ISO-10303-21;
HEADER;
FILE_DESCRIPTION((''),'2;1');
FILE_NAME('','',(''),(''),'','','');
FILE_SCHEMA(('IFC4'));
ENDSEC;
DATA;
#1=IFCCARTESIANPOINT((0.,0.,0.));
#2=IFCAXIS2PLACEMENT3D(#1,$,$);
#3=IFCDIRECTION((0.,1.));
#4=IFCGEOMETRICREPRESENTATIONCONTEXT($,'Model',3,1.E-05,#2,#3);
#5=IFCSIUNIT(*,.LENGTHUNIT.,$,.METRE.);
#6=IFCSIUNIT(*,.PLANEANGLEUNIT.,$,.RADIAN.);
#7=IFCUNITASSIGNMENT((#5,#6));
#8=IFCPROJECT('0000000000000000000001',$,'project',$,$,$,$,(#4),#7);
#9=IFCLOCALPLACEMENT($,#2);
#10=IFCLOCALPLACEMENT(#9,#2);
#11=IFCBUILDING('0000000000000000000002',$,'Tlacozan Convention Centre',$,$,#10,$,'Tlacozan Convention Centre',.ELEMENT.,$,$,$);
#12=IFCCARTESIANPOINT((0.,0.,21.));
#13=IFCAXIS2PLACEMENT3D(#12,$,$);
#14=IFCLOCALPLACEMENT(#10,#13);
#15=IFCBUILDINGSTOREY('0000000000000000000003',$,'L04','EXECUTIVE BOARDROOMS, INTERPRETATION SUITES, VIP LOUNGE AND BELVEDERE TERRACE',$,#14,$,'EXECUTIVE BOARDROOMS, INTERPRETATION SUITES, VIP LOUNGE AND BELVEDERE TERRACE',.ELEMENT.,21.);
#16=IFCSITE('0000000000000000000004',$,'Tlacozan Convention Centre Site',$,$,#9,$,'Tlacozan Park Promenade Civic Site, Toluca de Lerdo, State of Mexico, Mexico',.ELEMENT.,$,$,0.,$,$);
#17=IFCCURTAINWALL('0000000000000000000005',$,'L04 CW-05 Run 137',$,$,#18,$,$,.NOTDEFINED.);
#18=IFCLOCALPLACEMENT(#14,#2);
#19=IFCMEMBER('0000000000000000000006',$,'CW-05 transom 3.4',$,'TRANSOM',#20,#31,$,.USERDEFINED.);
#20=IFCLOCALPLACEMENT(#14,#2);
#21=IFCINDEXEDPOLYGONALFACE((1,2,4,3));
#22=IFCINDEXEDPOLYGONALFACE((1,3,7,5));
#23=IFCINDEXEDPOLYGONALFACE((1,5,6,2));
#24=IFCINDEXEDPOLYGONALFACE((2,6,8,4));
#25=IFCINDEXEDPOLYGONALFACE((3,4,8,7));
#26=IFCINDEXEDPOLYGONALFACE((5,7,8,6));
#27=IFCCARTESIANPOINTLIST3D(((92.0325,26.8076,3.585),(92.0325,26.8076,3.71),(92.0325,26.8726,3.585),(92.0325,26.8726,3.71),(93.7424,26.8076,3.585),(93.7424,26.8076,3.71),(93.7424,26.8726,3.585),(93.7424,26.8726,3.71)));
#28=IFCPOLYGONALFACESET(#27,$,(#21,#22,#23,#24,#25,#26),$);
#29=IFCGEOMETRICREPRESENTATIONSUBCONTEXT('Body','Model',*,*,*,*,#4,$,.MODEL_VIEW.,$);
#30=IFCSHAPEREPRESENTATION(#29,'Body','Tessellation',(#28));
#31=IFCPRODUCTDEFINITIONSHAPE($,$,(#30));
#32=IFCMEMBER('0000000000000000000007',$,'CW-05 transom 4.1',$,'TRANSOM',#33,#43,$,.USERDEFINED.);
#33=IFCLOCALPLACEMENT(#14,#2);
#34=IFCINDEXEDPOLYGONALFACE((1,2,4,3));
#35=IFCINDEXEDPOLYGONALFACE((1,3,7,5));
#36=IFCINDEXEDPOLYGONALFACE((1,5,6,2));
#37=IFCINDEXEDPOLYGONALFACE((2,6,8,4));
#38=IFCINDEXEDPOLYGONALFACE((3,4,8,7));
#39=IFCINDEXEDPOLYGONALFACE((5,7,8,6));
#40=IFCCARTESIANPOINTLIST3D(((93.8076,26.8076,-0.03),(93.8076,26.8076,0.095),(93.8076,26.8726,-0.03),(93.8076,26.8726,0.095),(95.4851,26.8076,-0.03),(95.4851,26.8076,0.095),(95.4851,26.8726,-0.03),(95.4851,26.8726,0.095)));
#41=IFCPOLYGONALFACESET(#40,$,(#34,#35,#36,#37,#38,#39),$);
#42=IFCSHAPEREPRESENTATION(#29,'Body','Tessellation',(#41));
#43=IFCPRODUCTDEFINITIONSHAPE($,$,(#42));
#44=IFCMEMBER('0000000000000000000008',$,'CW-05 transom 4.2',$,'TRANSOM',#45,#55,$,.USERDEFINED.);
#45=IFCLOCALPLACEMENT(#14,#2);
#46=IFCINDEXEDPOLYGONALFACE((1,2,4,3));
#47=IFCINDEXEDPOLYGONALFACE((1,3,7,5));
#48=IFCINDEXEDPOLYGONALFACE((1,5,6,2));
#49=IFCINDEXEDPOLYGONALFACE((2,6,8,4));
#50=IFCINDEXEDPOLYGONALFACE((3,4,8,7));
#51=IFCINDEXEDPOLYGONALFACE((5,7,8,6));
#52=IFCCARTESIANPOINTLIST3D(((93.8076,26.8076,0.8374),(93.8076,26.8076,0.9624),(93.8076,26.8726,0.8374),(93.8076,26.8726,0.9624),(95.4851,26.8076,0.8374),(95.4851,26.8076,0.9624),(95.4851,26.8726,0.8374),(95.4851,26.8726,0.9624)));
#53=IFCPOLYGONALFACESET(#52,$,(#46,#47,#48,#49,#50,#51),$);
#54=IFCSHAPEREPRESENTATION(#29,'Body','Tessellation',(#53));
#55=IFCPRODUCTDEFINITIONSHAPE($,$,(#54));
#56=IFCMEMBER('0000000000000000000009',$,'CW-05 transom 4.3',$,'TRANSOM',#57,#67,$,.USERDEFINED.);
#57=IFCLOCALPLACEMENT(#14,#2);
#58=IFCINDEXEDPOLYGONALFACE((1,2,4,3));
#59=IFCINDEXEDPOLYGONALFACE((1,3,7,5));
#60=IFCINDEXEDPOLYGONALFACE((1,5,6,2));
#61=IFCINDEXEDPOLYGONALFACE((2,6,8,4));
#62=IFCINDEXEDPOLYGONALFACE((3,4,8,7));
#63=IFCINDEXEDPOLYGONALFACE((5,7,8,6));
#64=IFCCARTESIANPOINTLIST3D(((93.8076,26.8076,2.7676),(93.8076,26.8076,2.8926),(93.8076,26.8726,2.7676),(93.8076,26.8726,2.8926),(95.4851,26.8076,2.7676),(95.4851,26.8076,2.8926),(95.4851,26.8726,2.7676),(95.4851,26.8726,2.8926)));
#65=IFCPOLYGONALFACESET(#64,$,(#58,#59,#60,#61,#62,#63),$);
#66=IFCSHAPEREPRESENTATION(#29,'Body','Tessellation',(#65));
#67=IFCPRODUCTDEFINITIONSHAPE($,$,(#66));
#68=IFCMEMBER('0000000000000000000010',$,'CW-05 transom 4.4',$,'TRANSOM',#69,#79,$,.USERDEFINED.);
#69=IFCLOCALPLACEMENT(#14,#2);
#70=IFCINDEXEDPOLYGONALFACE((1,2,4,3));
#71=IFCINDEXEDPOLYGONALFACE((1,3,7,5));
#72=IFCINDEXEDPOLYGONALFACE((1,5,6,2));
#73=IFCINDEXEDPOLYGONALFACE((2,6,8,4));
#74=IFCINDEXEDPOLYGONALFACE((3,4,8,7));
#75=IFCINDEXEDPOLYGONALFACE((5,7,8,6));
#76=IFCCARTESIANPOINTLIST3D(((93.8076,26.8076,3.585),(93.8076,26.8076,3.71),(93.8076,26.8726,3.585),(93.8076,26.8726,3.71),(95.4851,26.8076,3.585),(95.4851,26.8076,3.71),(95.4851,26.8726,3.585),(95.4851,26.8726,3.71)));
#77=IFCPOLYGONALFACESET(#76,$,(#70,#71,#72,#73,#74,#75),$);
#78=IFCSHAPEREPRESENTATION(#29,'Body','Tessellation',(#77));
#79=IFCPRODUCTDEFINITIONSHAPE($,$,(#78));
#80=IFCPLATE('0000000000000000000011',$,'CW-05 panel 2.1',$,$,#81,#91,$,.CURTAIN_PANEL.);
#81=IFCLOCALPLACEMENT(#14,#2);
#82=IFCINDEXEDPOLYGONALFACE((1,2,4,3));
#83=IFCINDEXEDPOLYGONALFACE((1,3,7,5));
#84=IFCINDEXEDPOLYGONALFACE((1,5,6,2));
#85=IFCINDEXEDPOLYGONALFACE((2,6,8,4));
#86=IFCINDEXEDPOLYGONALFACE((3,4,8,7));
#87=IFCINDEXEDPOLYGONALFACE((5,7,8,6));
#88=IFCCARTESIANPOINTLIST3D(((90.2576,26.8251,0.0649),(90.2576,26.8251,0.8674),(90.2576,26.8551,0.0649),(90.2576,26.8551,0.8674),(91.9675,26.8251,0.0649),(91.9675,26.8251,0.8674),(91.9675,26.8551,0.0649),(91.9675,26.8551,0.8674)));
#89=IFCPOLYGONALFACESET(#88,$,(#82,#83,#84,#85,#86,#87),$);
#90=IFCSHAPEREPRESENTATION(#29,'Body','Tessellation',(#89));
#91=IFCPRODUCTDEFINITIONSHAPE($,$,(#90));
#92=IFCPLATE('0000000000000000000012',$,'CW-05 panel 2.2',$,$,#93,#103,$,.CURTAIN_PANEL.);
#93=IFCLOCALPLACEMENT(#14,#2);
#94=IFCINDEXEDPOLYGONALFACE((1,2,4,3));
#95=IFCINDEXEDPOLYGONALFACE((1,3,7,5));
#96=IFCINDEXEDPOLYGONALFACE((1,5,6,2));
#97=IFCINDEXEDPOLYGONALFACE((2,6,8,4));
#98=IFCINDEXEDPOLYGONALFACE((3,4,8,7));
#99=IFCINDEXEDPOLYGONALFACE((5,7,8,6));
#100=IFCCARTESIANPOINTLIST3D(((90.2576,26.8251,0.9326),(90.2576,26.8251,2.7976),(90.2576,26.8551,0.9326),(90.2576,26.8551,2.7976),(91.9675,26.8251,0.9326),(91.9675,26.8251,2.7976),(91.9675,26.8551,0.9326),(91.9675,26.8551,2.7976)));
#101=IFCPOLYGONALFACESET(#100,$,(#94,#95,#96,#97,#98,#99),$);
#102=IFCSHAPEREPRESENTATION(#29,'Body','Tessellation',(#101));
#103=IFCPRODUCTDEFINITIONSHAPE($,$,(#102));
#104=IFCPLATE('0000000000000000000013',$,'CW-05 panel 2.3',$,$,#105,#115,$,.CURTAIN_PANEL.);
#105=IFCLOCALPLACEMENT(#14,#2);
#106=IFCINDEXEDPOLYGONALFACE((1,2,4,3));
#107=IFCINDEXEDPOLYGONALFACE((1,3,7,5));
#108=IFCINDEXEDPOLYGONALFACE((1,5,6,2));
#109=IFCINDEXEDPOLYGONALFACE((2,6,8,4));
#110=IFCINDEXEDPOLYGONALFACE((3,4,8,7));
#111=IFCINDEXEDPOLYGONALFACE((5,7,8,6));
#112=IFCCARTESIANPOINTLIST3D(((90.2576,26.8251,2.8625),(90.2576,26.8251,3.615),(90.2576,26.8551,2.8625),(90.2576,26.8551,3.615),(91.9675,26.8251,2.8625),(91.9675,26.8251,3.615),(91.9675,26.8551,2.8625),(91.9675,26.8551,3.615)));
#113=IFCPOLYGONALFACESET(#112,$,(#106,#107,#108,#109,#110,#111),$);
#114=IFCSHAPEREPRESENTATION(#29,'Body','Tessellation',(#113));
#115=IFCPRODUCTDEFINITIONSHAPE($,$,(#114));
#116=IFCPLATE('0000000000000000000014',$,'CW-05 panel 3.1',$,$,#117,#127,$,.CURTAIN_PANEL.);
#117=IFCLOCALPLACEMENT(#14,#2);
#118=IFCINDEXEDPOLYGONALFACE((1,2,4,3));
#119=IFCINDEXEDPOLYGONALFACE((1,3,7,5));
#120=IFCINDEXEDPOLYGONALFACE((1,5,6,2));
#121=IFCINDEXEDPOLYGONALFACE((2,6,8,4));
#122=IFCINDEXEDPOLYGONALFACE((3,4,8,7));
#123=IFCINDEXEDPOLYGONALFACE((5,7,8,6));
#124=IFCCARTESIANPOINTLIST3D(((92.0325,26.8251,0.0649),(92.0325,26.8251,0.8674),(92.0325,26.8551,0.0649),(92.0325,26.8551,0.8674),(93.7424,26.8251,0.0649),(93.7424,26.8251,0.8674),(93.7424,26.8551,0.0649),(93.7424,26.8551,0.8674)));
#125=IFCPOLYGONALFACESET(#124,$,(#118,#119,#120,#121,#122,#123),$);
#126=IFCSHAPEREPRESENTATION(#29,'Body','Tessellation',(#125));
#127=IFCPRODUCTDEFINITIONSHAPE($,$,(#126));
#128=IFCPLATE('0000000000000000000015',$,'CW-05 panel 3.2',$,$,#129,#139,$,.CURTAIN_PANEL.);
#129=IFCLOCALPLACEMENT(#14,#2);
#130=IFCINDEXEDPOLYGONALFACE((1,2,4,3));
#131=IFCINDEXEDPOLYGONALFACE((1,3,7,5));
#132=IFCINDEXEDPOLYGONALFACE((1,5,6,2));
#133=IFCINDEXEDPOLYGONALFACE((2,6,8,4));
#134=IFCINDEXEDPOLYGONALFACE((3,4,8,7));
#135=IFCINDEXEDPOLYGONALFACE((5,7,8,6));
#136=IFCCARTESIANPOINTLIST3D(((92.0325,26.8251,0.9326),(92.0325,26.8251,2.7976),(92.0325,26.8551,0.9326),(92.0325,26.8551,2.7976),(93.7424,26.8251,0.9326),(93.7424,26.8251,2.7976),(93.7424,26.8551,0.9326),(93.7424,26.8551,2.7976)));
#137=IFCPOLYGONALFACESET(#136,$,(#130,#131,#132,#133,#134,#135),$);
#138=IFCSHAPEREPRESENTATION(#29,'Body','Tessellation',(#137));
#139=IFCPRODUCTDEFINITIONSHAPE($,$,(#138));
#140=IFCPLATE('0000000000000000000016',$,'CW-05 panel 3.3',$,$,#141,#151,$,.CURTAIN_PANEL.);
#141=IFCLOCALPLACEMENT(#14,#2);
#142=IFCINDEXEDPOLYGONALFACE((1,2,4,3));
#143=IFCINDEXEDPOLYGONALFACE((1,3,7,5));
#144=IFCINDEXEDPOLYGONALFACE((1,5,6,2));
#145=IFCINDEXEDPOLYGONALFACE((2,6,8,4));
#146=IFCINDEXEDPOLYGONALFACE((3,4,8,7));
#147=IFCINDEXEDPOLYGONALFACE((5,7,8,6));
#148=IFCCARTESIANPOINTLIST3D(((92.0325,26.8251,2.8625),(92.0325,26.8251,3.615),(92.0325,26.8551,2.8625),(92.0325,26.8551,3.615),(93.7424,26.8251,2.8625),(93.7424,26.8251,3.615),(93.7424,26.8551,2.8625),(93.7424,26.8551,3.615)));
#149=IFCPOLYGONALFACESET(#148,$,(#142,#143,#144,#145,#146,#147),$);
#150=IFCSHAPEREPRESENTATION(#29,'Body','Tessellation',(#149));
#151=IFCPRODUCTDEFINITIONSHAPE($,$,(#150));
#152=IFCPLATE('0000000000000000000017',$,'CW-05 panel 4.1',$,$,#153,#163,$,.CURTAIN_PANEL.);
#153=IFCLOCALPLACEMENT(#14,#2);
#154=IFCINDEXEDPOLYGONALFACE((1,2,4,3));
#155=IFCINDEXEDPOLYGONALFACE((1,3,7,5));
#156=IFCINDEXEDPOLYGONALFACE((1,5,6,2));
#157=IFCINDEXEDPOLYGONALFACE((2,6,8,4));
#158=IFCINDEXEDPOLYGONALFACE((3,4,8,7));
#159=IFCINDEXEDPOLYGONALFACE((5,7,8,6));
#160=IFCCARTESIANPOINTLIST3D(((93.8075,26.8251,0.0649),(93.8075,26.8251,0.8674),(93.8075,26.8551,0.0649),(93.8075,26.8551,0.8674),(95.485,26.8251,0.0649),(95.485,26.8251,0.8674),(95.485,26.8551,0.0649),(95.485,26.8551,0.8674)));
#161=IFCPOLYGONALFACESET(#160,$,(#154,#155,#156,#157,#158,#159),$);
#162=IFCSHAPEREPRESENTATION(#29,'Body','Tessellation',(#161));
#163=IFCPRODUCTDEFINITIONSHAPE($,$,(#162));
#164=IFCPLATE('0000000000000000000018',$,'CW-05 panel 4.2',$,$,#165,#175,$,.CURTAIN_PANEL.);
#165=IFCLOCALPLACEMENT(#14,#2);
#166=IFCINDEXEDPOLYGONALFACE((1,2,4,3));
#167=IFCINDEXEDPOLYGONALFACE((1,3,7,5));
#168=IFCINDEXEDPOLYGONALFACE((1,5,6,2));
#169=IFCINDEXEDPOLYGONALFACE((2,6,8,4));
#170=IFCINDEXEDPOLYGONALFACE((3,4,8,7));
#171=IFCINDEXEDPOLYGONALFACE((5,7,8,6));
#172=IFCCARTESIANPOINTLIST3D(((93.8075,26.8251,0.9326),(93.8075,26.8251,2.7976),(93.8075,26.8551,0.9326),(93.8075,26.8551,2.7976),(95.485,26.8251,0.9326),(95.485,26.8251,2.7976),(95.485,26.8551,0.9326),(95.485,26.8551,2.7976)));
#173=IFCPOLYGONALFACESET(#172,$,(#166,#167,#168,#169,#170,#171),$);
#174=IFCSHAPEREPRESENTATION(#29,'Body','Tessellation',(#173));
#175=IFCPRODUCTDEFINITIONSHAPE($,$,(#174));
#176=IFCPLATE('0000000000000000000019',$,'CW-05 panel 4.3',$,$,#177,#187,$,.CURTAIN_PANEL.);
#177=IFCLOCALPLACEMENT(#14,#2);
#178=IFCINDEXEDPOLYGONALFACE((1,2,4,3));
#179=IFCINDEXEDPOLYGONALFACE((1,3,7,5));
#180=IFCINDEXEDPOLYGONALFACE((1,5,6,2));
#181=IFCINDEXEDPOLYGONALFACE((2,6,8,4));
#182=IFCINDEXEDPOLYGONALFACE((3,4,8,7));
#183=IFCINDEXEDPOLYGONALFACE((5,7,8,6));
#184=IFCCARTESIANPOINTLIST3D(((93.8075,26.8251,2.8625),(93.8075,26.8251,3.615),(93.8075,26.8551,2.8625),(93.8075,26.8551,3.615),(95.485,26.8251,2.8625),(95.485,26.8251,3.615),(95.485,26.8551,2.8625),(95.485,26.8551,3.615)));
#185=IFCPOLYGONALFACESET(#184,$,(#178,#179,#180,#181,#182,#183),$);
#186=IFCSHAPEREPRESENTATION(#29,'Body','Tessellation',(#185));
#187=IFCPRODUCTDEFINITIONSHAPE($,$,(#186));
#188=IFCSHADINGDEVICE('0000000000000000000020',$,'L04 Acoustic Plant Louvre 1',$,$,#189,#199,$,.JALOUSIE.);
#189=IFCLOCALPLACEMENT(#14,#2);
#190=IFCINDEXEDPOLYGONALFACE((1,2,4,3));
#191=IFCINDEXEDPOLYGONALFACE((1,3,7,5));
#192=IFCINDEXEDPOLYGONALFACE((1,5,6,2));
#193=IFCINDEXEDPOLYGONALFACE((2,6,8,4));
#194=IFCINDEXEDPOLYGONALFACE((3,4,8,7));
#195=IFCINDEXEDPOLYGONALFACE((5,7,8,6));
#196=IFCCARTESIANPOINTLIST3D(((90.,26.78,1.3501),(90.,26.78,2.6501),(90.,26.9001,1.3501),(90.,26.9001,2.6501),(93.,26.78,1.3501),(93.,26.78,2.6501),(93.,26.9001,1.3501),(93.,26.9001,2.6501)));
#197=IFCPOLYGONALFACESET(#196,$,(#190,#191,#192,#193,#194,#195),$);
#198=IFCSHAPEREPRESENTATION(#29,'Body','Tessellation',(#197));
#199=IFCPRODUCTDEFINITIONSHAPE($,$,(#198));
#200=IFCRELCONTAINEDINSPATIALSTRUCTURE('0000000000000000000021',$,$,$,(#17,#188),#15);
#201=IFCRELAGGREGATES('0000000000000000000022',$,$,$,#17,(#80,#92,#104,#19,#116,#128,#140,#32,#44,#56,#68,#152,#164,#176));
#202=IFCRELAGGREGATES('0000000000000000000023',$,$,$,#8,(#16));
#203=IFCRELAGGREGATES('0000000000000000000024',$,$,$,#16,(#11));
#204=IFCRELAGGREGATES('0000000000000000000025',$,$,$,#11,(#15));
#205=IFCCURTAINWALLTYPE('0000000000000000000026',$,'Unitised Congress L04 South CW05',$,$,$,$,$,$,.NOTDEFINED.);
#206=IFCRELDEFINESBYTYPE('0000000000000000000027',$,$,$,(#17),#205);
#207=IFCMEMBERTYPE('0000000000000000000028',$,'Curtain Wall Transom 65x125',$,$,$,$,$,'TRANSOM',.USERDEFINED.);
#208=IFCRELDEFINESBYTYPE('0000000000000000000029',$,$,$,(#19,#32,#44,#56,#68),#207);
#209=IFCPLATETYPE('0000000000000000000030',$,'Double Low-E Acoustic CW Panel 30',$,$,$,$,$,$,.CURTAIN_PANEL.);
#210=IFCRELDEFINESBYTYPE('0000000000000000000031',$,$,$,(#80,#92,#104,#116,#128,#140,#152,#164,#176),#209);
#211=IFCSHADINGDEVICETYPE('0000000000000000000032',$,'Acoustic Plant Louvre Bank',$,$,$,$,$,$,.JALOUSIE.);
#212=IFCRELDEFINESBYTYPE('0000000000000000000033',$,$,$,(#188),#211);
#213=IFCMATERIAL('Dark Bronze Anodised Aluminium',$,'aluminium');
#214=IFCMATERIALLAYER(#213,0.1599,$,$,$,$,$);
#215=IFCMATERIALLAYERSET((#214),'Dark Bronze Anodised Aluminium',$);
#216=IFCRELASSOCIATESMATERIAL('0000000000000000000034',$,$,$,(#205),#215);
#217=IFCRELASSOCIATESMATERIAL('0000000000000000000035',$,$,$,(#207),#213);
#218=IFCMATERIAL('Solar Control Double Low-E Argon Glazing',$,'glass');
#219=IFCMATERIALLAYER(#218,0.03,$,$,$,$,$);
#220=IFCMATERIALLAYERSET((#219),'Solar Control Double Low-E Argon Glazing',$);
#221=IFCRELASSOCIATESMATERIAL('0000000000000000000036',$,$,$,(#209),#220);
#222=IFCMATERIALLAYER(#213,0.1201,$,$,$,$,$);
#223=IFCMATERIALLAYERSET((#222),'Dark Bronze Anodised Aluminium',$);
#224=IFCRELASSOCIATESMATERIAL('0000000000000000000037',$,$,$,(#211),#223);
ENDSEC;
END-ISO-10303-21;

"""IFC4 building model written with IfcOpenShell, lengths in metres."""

from ifc_helpers import new_model, si_unit, direction, frame, origin, origin_2d, place, context, subcontext, project, spatial, rectangle, extrude, material, layer, layer_set, material_profile, profile_set, type_object, element, aggregate, save


model = new_model("IFC4")

# Units and contexts
model_context = context("Model", 3, precision=1e-05, world=origin(), true_north=direction((0.0, 1.0)))
body_context = subcontext(model_context, "Body", "Model", "MODEL_VIEW")
ifc_project = project(units=[si_unit("LENGTHUNIT", "METRE"), si_unit("PLANEANGLEUNIT", "RADIAN")], contexts=[model_context])

# Site, building, storey
site_placement = place(None, origin())
site = spatial("IfcSite", under=ifc_project, at=site_placement, Name="Tlacozan Convention Centre Site", LongName="Tlacozan Park Promenade Civic Site, Toluca de Lerdo, State of Mexico, Mexico", CompositionType="ELEMENT", RefElevation=0.0)
building_placement = place(site_placement, origin())
building = spatial("IfcBuilding", under=site, at=building_placement, Name="Tlacozan Convention Centre", LongName="Tlacozan Convention Centre", CompositionType="ELEMENT")
storey_placement = place(building_placement, frame((0.0, 0.0, 21.0)))
storey = spatial("IfcBuildingStorey", under=building, at=storey_placement, Name="L04", Description="EXECUTIVE BOARDROOMS, INTERPRETATION SUITES, VIP LOUNGE AND BELVEDERE TERRACE", LongName="EXECUTIVE BOARDROOMS, INTERPRETATION SUITES, VIP LOUNGE AND BELVEDERE TERRACE", CompositionType="ELEMENT", Elevation=21.0)

# Curtain wall, members, plates
ifc_material_1 = material(Name="Dark Bronze Anodised Aluminium", Category="aluminium")
ifc_layer_1 = layer(ifc_material_1, 0.1599)
ifc_layer_set_1 = layer_set([ifc_layer_1], Name="Dark Bronze Anodised Aluminium")
curtain_wall_type = type_object("IfcCurtainWallType", Name="Unitised Congress L04 South CW05", PredefinedType="NOTDEFINED", material=ifc_layer_set_1)
curtain_wall_placement = place(storey_placement, origin())
curtain_wall = element("IfcCurtainWall", 1, at=curtain_wall_placement, inside=storey, type_object=curtain_wall_type, Name="L04 CW-05 Run 137", PredefinedType="NOTDEFINED")
ifc_material_profile_1 = material_profile(ifc_material_1, rectangle(XDim=0.0649, YDim=0.125, at=origin_2d()), Name="ALU 65x125")
ifc_profile_set_1 = profile_set([ifc_material_profile_1], Name="Dark Bronze Anodised Aluminium")
member_type_1 = type_object("IfcMemberType", Name="Curtain Wall Transom 65x125", ElementType="TRANSOM", PredefinedType="USERDEFINED", material=ifc_profile_set_1)
member_1_placement = place(storey_placement, frame((92.0325, 26.8401, 3.6475), z_axis=(1.0, 0.0, 0.0), x_axis=(0.0, 1.0, 0.0)))
member_1 = element("IfcMember", 2, at=member_1_placement, type_object=member_type_1, Name="CW-05 transom 3.4", ObjectType="TRANSOM", PredefinedType="USERDEFINED", context=body_context, shape_type="SweptSolid", body=[
    extrude(rectangle(XDim=0.0649, YDim=0.125, at=origin_2d()), origin(), (0.0, 0.0, 1.0), 1.71),
])
member_2_placement = place(storey_placement, frame((93.8076, 26.8401, 0.0325), z_axis=(1.0, 0.0, 0.0), x_axis=(0.0, 1.0, 0.0)))
member_2 = element("IfcMember", 3, at=member_2_placement, type_object=member_type_1, Name="CW-05 transom 4.1", ObjectType="TRANSOM", PredefinedType="USERDEFINED", context=body_context, shape_type="SweptSolid", body=[
    extrude(rectangle(XDim=0.0649, YDim=0.125, at=origin_2d()), origin(), (0.0, 0.0, 1.0), 1.6775),
])
member_3_placement = place(storey_placement, frame((93.8076, 26.8401, 0.8999), z_axis=(1.0, 0.0, 0.0), x_axis=(0.0, 1.0, 0.0)))
member_3 = element("IfcMember", 4, at=member_3_placement, type_object=member_type_1, Name="CW-05 transom 4.2", ObjectType="TRANSOM", PredefinedType="USERDEFINED", context=body_context, shape_type="SweptSolid", body=[
    extrude(rectangle(XDim=0.0649, YDim=0.125, at=origin_2d()), origin(), (0.0, 0.0, 1.0), 1.6775),
])
member_4_placement = place(storey_placement, frame((93.8076, 26.8401, 2.8301), z_axis=(1.0, 0.0, 0.0), x_axis=(0.0, 1.0, 0.0)))
member_4 = element("IfcMember", 5, at=member_4_placement, type_object=member_type_1, Name="CW-05 transom 4.3", ObjectType="TRANSOM", PredefinedType="USERDEFINED", context=body_context, shape_type="SweptSolid", body=[
    extrude(rectangle(XDim=0.0649, YDim=0.125, at=origin_2d()), origin(), (0.0, 0.0, 1.0), 1.6775),
])
member_5_placement = place(storey_placement, frame((93.8076, 26.8401, 3.6475), z_axis=(1.0, 0.0, 0.0), x_axis=(0.0, 1.0, 0.0)))
member_5 = element("IfcMember", 6, at=member_5_placement, type_object=member_type_1, Name="CW-05 transom 4.4", ObjectType="TRANSOM", PredefinedType="USERDEFINED", context=body_context, shape_type="SweptSolid", body=[
    extrude(rectangle(XDim=0.0649, YDim=0.125, at=origin_2d()), origin(), (0.0, 0.0, 1.0), 1.6775),
])
ifc_material_2 = material(Name="Solar Control Double Low-E Argon Glazing", Category="glass")
ifc_layer_2 = layer(ifc_material_2, 0.03)
ifc_layer_set_2 = layer_set([ifc_layer_2], Name="Solar Control Double Low-E Argon Glazing")
plate_type = type_object("IfcPlateType", Name="Double Low-E Acoustic CW Panel 30", PredefinedType="CURTAIN_PANEL", material=ifc_layer_set_2)
plate_1_placement = place(storey_placement, frame((91.1125, 26.8401, 0.0649), z_axis=(0.0, 0.0, 1.0), x_axis=(1.0, 0.0, 0.0)))
plate_1 = element("IfcPlate", 7, at=plate_1_placement, type_object=plate_type, Name="CW-05 panel 2.1", PredefinedType="CURTAIN_PANEL", context=body_context, shape_type="SweptSolid", body=[
    extrude(rectangle(XDim=1.71, YDim=0.03, at=origin_2d()), origin(), (0.0, 0.0, 1.0), 0.8025),
])
plate_2_placement = place(storey_placement, frame((91.1125, 26.8401, 0.9326), z_axis=(0.0, 0.0, 1.0), x_axis=(1.0, 0.0, 0.0)))
plate_2 = element("IfcPlate", 8, at=plate_2_placement, type_object=plate_type, Name="CW-05 panel 2.2", PredefinedType="CURTAIN_PANEL", context=body_context, shape_type="SweptSolid", body=[
    extrude(rectangle(XDim=1.71, YDim=0.03, at=origin_2d()), origin(), (0.0, 0.0, 1.0), 1.865),
])
plate_3_placement = place(storey_placement, frame((91.1125, 26.8401, 2.8625), z_axis=(0.0, 0.0, 1.0), x_axis=(1.0, 0.0, 0.0)))
plate_3 = element("IfcPlate", 9, at=plate_3_placement, type_object=plate_type, Name="CW-05 panel 2.3", PredefinedType="CURTAIN_PANEL", context=body_context, shape_type="SweptSolid", body=[
    extrude(rectangle(XDim=1.71, YDim=0.03, at=origin_2d()), origin(), (0.0, 0.0, 1.0), 0.7524),
])
plate_4_placement = place(storey_placement, frame((92.8875, 26.8401, 0.0649), z_axis=(0.0, 0.0, 1.0), x_axis=(1.0, 0.0, 0.0)))
plate_4 = element("IfcPlate", 10, at=plate_4_placement, type_object=plate_type, Name="CW-05 panel 3.1", PredefinedType="CURTAIN_PANEL", context=body_context, shape_type="SweptSolid", body=[
    extrude(rectangle(XDim=1.71, YDim=0.03, at=origin_2d()), origin(), (0.0, 0.0, 1.0), 0.8025),
])
plate_5_placement = place(storey_placement, frame((92.8875, 26.8401, 0.9326), z_axis=(0.0, 0.0, 1.0), x_axis=(1.0, 0.0, 0.0)))
plate_5 = element("IfcPlate", 11, at=plate_5_placement, type_object=plate_type, Name="CW-05 panel 3.2", PredefinedType="CURTAIN_PANEL", context=body_context, shape_type="SweptSolid", body=[
    extrude(rectangle(XDim=1.71, YDim=0.03, at=origin_2d()), origin(), (0.0, 0.0, 1.0), 1.865),
])
plate_6_placement = place(storey_placement, frame((92.8875, 26.8401, 2.8625), z_axis=(0.0, 0.0, 1.0), x_axis=(1.0, 0.0, 0.0)))
plate_6 = element("IfcPlate", 12, at=plate_6_placement, type_object=plate_type, Name="CW-05 panel 3.3", PredefinedType="CURTAIN_PANEL", context=body_context, shape_type="SweptSolid", body=[
    extrude(rectangle(XDim=1.71, YDim=0.03, at=origin_2d()), origin(), (0.0, 0.0, 1.0), 0.7524),
])
plate_7_placement = place(storey_placement, frame((94.6462, 26.8401, 0.0649), z_axis=(0.0, 0.0, 1.0), x_axis=(1.0, 0.0, 0.0)))
plate_7 = element("IfcPlate", 13, at=plate_7_placement, type_object=plate_type, Name="CW-05 panel 4.1", PredefinedType="CURTAIN_PANEL", context=body_context, shape_type="SweptSolid", body=[
    extrude(rectangle(XDim=1.6775, YDim=0.03, at=origin_2d()), origin(), (0.0, 0.0, 1.0), 0.8025),
])
plate_8_placement = place(storey_placement, frame((94.6462, 26.8401, 0.9326), z_axis=(0.0, 0.0, 1.0), x_axis=(1.0, 0.0, 0.0)))
plate_8 = element("IfcPlate", 14, at=plate_8_placement, type_object=plate_type, Name="CW-05 panel 4.2", PredefinedType="CURTAIN_PANEL", context=body_context, shape_type="SweptSolid", body=[
    extrude(rectangle(XDim=1.6775, YDim=0.03, at=origin_2d()), origin(), (0.0, 0.0, 1.0), 1.865),
])
plate_9_placement = place(storey_placement, frame((94.6462, 26.8401, 2.8625), z_axis=(0.0, 0.0, 1.0), x_axis=(1.0, 0.0, 0.0)))
plate_9 = element("IfcPlate", 15, at=plate_9_placement, type_object=plate_type, Name="CW-05 panel 4.3", PredefinedType="CURTAIN_PANEL", context=body_context, shape_type="SweptSolid", body=[
    extrude(rectangle(XDim=1.6775, YDim=0.03, at=origin_2d()), origin(), (0.0, 0.0, 1.0), 0.7524),
])
aggregate(curtain_wall, [plate_1, plate_2, plate_3, member_1, plate_4, plate_5, plate_6, member_2, member_3, member_4, member_5, plate_7, plate_8, plate_9])

# Shading device
ifc_layer_3 = layer(ifc_material_1, 0.1201)
ifc_layer_set_3 = layer_set([ifc_layer_3], Name="Dark Bronze Anodised Aluminium")
shading_device_type = type_object("IfcShadingDeviceType", Name="Acoustic Plant Louvre Bank", PredefinedType="JALOUSIE", material=ifc_layer_set_3)
shading_device_placement = place(storey_placement, frame((91.5, 26.8401, 1.3501), z_axis=(0.0, 0.0, 1.0), x_axis=(1.0, 0.0, 0.0)))
element("IfcShadingDevice", 16, at=shading_device_placement, inside=storey, type_object=shading_device_type, Name="L04 Acoustic Plant Louvre 1", PredefinedType="JALOUSIE", context=body_context, shape_type="SweptSolid", body=[
    extrude(rectangle(XDim=3.0, YDim=0.1201, at=origin_2d()), origin(), (0.0, 0.0, 1.0), 1.3),
])

save(model, "model.ifc")
